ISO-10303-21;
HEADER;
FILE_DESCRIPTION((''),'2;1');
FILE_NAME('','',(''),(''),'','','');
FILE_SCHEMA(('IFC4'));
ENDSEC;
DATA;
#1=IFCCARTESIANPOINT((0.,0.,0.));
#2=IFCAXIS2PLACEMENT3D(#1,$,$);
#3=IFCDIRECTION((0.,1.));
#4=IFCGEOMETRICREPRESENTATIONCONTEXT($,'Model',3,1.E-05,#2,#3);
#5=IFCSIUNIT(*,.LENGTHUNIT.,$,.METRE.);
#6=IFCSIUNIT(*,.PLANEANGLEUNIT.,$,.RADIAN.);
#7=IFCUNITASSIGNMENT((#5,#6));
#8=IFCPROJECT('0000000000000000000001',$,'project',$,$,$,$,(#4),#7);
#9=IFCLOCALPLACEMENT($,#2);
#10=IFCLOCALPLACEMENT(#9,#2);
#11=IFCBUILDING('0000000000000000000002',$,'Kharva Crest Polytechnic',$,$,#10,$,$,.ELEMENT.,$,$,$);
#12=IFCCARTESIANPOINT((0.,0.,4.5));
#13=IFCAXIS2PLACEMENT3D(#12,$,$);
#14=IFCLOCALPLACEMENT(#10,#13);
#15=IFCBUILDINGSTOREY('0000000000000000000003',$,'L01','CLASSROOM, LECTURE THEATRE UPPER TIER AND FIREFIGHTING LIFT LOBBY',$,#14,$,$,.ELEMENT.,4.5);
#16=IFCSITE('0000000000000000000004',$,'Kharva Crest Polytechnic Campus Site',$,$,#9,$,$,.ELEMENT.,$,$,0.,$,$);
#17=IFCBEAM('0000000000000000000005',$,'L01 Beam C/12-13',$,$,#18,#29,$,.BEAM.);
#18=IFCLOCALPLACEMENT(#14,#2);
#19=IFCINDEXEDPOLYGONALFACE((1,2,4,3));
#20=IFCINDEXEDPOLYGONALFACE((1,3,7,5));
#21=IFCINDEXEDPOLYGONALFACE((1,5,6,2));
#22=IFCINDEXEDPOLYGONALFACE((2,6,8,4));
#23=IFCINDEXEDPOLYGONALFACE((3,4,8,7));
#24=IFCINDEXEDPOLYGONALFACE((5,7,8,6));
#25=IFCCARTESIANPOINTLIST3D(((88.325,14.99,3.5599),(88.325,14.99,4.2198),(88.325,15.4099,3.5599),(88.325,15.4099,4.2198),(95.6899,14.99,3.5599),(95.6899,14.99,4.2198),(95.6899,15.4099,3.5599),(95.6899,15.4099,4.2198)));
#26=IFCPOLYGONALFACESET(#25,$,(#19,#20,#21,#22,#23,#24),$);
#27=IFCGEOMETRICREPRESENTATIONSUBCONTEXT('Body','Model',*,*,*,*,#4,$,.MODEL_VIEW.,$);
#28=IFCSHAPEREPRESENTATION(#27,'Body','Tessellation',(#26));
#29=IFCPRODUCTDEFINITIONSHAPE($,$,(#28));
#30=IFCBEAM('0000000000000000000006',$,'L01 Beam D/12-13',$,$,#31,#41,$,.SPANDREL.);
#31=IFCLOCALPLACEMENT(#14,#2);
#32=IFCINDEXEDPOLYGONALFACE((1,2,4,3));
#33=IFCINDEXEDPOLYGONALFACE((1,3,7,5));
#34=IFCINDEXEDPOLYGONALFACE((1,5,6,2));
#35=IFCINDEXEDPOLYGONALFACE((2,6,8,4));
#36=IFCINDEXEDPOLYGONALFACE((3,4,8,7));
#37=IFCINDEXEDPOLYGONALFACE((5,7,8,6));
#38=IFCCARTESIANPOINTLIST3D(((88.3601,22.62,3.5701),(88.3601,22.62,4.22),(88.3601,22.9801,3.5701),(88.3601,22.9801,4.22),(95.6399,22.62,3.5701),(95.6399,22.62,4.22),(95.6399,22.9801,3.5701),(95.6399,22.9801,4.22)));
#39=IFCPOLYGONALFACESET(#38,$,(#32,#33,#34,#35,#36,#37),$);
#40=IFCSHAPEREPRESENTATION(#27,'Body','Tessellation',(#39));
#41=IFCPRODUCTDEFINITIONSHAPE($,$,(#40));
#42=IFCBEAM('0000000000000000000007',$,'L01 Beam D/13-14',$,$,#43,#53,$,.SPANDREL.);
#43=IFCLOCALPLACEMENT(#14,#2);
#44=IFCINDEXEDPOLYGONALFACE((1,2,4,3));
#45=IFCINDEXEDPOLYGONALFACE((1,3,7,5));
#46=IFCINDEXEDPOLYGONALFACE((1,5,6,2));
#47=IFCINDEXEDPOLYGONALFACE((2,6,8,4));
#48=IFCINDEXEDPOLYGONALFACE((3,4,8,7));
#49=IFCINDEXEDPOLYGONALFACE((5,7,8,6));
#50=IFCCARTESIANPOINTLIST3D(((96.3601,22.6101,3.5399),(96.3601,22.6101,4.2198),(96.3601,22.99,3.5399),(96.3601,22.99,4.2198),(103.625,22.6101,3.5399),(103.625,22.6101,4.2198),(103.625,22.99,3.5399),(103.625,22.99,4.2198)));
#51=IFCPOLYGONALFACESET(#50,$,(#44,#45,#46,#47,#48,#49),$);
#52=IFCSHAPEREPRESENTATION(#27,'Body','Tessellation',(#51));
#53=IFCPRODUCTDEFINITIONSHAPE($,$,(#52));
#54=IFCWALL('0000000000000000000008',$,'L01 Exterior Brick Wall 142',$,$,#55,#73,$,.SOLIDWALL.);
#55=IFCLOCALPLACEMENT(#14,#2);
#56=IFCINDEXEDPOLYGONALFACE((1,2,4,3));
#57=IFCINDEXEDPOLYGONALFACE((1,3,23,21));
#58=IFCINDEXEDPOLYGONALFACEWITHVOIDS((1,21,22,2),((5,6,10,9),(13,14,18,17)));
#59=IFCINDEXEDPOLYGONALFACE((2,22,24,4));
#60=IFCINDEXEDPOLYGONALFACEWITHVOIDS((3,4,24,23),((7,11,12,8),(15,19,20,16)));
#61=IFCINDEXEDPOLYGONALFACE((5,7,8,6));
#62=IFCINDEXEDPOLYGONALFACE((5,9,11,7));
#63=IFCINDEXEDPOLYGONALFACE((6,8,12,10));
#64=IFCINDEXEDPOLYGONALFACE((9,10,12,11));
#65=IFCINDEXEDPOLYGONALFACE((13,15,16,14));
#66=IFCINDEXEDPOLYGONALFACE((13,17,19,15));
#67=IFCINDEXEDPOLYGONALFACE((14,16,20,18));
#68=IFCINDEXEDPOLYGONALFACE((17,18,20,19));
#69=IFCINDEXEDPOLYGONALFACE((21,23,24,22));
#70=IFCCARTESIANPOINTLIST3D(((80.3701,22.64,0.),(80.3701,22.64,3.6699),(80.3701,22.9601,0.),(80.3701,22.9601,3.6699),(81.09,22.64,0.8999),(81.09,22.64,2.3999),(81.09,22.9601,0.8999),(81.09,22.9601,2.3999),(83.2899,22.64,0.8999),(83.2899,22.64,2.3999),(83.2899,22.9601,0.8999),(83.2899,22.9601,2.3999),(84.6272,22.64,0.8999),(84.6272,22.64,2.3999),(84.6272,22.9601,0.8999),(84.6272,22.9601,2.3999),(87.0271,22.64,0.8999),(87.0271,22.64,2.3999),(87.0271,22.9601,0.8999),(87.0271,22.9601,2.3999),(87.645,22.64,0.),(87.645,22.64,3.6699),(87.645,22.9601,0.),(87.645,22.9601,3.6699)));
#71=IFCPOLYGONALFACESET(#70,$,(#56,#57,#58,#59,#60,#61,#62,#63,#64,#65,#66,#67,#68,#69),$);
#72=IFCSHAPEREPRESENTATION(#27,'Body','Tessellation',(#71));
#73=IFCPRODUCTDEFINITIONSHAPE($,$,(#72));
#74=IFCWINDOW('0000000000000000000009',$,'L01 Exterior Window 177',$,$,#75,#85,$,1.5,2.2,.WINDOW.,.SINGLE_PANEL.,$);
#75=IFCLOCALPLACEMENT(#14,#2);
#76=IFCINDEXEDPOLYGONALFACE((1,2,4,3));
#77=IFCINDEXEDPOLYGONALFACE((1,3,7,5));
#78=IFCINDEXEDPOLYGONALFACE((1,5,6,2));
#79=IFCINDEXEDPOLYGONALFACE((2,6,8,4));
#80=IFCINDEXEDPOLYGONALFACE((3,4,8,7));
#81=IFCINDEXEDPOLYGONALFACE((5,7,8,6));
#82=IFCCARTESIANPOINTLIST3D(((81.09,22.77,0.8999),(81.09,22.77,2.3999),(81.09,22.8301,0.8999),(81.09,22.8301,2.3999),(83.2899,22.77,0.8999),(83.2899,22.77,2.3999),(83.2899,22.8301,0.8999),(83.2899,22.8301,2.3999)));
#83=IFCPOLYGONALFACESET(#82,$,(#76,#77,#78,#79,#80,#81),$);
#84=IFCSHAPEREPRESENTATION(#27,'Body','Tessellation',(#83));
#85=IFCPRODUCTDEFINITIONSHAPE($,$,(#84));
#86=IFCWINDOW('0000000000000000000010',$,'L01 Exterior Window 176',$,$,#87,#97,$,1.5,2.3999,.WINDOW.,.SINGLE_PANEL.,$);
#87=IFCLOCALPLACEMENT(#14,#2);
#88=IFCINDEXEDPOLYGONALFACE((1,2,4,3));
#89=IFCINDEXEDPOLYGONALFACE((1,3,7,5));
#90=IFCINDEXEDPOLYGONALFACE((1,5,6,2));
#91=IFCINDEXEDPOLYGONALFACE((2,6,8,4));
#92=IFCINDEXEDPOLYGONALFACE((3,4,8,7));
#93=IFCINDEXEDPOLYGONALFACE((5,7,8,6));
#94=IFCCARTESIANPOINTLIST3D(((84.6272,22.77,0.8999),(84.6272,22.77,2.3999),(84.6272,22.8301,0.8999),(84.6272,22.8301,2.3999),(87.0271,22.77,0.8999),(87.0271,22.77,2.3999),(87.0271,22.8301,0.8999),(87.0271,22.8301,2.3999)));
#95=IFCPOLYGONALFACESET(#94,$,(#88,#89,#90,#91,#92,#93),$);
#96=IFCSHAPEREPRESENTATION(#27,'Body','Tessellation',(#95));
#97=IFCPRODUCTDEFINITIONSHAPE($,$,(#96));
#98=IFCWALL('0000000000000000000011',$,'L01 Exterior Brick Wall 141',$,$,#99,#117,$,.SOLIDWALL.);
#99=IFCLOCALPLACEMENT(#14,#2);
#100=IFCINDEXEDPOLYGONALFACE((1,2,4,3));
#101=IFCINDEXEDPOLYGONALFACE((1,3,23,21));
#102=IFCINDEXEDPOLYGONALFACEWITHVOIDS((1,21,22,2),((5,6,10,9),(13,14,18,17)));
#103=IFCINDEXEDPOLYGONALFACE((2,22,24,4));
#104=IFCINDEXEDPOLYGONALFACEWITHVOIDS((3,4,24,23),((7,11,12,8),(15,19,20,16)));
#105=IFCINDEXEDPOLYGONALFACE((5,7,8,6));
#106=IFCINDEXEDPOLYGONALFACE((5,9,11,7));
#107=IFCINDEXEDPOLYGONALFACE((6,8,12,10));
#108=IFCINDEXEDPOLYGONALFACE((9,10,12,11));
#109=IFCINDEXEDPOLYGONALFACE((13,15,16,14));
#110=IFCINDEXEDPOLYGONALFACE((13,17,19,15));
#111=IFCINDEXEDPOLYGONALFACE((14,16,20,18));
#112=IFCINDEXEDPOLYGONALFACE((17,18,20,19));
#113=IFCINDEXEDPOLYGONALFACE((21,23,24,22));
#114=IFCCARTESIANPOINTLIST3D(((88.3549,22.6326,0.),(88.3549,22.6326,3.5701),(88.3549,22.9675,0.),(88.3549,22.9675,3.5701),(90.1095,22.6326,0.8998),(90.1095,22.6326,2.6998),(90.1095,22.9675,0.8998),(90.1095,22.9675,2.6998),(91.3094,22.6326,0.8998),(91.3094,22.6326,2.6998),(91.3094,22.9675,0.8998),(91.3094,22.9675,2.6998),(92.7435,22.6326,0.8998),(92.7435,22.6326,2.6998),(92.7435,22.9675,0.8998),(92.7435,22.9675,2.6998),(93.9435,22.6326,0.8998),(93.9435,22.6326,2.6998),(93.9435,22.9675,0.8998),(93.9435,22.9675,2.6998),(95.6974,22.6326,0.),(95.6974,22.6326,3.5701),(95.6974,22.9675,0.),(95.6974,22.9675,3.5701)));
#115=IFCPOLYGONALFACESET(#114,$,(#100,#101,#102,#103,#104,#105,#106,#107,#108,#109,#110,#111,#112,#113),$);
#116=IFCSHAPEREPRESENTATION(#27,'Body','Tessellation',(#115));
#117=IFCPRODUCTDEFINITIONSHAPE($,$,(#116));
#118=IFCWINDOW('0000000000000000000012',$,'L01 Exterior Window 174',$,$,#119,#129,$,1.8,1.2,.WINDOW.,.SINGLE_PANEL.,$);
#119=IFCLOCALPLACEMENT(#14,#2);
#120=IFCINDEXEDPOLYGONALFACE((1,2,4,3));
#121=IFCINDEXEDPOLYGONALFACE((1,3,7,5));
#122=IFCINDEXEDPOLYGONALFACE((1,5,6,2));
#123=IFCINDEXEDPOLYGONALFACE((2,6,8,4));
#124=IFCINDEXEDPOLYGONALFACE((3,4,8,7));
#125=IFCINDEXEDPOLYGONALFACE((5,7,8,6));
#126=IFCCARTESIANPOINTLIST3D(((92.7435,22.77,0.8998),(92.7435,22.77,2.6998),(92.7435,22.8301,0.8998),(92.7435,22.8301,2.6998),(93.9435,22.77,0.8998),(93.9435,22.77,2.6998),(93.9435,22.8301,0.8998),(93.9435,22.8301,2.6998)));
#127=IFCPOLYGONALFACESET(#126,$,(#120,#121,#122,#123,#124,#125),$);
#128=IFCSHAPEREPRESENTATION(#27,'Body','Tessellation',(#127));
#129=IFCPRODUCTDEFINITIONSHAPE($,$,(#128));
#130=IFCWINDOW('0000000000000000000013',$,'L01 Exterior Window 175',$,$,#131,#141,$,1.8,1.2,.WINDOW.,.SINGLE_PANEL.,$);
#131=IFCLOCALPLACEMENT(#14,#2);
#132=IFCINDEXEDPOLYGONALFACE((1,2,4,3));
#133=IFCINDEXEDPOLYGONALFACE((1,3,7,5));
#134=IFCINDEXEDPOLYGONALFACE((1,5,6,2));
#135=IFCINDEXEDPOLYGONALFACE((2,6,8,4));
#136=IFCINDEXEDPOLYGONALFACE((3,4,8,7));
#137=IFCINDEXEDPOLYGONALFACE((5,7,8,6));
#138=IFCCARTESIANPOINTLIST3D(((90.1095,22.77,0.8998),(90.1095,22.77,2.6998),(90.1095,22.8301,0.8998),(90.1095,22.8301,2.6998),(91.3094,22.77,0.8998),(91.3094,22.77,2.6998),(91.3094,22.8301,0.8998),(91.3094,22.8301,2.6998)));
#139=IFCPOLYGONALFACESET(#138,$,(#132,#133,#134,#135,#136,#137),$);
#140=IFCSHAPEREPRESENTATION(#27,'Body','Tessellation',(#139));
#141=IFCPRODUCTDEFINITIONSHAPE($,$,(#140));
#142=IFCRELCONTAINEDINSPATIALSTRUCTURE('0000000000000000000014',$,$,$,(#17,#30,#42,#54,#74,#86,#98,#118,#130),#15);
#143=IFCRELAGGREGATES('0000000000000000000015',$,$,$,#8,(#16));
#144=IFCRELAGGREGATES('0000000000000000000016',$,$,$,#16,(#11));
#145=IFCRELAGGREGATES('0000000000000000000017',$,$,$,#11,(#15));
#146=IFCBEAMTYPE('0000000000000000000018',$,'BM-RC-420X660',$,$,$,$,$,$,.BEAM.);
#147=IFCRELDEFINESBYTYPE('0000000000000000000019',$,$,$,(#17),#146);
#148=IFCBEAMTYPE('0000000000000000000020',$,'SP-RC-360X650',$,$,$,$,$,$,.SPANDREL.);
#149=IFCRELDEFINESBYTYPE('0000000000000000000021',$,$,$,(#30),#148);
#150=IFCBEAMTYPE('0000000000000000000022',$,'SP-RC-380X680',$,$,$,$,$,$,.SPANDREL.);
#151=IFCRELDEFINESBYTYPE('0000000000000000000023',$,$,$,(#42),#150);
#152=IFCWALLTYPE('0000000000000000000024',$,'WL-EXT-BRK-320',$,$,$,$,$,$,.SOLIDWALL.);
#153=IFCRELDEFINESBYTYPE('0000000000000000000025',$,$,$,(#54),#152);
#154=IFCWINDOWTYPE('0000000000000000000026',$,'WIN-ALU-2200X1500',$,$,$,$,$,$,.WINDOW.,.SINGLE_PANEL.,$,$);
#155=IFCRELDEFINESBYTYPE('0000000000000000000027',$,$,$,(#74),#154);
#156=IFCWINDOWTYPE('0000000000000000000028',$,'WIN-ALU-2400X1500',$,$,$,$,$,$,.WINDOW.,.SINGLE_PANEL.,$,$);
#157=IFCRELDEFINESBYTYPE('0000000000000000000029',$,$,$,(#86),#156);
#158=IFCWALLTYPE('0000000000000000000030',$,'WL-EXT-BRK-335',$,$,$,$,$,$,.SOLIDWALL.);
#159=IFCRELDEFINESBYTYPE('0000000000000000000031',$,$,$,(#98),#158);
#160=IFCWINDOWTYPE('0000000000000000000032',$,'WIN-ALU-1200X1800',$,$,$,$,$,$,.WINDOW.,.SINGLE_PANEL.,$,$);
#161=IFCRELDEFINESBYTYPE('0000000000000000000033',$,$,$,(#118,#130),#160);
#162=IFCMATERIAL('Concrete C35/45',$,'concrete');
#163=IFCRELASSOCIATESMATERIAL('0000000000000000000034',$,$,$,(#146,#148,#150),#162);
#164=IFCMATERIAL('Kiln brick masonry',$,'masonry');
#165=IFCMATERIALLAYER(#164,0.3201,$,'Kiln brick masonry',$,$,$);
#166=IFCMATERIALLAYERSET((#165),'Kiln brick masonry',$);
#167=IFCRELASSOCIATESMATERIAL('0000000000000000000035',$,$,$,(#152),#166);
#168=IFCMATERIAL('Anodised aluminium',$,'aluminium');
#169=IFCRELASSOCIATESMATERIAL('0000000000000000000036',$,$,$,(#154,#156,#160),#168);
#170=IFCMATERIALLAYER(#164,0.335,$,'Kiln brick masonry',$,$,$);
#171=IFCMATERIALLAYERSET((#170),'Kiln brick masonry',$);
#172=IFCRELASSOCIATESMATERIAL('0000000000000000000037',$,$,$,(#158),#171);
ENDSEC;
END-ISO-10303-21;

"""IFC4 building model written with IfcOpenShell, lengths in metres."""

from ifc_helpers import new_model, si_unit, direction, frame, frame_2d, origin, origin_2d, place, context, subcontext, project, spatial, rectangle, extrude, material, layer, layer_set, material_profile, profile_set, type_object, element, fill, save


model = new_model("IFC4")

# Units and contexts
model_context = context("Model", 3, precision=1e-05, world=origin(), true_north=direction((0.0, 1.0)))
body_context = subcontext(model_context, "Body", "Model", "MODEL_VIEW")
ifc_project = project(units=[si_unit("LENGTHUNIT", "METRE"), si_unit("PLANEANGLEUNIT", "RADIAN")], contexts=[model_context])

# Site, building, storey
site_placement = place(None, origin())
site = spatial("IfcSite", under=ifc_project, at=site_placement, Name="Kharva Crest Polytechnic Campus Site", CompositionType="ELEMENT", RefElevation=0.0)
building_placement = place(site_placement, origin())
building = spatial("IfcBuilding", under=site, at=building_placement, Name="Kharva Crest Polytechnic", CompositionType="ELEMENT")
storey_placement = place(building_placement, frame((0.0, 0.0, 4.5)))
storey = spatial("IfcBuildingStorey", under=building, at=storey_placement, Name="L01", Description="CLASSROOM, LECTURE THEATRE UPPER TIER AND FIREFIGHTING LIFT LOBBY", CompositionType="ELEMENT", Elevation=4.5)

# Beams
ifc_material_1 = material(Name="Concrete C35/45", Category="concrete")
ifc_material_profile_1 = material_profile(ifc_material_1, rectangle(XDim=0.4199, YDim=0.6599, at=origin_2d()), Name="RECT 420 X 660")
ifc_profile_set_1 = profile_set([ifc_material_profile_1], Name="Concrete C35/45")
beam_type_1 = type_object("IfcBeamType", Name="BM-RC-420X660", PredefinedType="BEAM", material=ifc_profile_set_1)
beam_1_placement = place(storey_placement, frame((88.325, 15.2, 3.8899), z_axis=(1.0, 0.0, 0.0), x_axis=(0.0, 1.0, 0.0)))
element("IfcBeam", 1, at=beam_1_placement, inside=storey, type_object=beam_type_1, Name="L01 Beam C/12-13", PredefinedType="BEAM", context=body_context, shape_type="SweptSolid", body=[
    extrude(rectangle(XDim=0.4199, YDim=0.6599, at=origin_2d()), origin(), (0.0, 0.0, 1.0), 7.365),
])
ifc_material_profile_2 = material_profile(ifc_material_1, rectangle(XDim=0.3601, YDim=0.6499, at=origin_2d()), Name="RECT 360 X 650")
ifc_profile_set_2 = profile_set([ifc_material_profile_2], Name="Concrete C35/45")
beam_type_2 = type_object("IfcBeamType", Name="SP-RC-360X650", PredefinedType="SPANDREL", material=ifc_profile_set_2)
beam_2_placement = place(storey_placement, frame((88.3601, 22.8, 3.895), z_axis=(1.0, 0.0, 0.0), x_axis=(0.0, 1.0, 0.0)))
element("IfcBeam", 2, at=beam_2_placement, inside=storey, type_object=beam_type_2, Name="L01 Beam D/12-13", PredefinedType="SPANDREL", context=body_context, shape_type="SweptSolid", body=[
    extrude(rectangle(XDim=0.3601, YDim=0.6499, at=origin_2d()), origin(), (0.0, 0.0, 1.0), 7.2798),
])
ifc_material_profile_3 = material_profile(ifc_material_1, rectangle(XDim=0.3799, YDim=0.6799, at=origin_2d()), Name="RECT 380 X 680")
ifc_profile_set_3 = profile_set([ifc_material_profile_3], Name="Concrete C35/45")
beam_type_3 = type_object("IfcBeamType", Name="SP-RC-380X680", PredefinedType="SPANDREL", material=ifc_profile_set_3)
beam_3_placement = place(storey_placement, frame((96.3601, 22.8, 3.8799), z_axis=(1.0, 0.0, 0.0), x_axis=(0.0, 1.0, 0.0)))
element("IfcBeam", 3, at=beam_3_placement, inside=storey, type_object=beam_type_3, Name="L01 Beam D/13-14", PredefinedType="SPANDREL", context=body_context, shape_type="SweptSolid", body=[
    extrude(rectangle(XDim=0.3799, YDim=0.6799, at=origin_2d()), origin(), (0.0, 0.0, 1.0), 7.2649),
])

# Walls, openings, windows
ifc_material_2 = material(Name="Kiln brick masonry", Category="masonry")
ifc_layer_1 = layer(ifc_material_2, 0.3201, Name="Kiln brick masonry")
ifc_layer_set_1 = layer_set([ifc_layer_1], Name="Kiln brick masonry")
wall_type_1 = type_object("IfcWallType", Name="WL-EXT-BRK-320", PredefinedType="SOLIDWALL", material=ifc_layer_set_1)
wall_1_placement = place(storey_placement, frame((87.645, 22.8, 0.0), z_axis=(0.0, 0.0, 1.0), x_axis=(-1.0, 0.0, 0.0)))
wall_1 = element("IfcWall", 4, at=wall_1_placement, inside=storey, type_object=wall_type_1, Name="L01 Exterior Brick Wall 142", PredefinedType="SOLIDWALL", context=body_context, shape_type="SweptSolid", body=[
    extrude(rectangle(XDim=7.2749, YDim=0.3201, at=frame_2d((3.6375, 0.0))), origin(), (0.0, 0.0, 1.0), 3.6699),
])
opening_1_placement = place(wall_1_placement, frame((0.6179, 0.0, 0.8999)))
opening_1 = element("IfcOpeningElement", 5, at=opening_1_placement, cuts=wall_1, PredefinedType="OPENING", context=body_context, shape_type="SweptSolid", body=[
    extrude(rectangle(XDim=2.3999, YDim=1.5, at=frame_2d((1.2, 0.75))), frame((0.0, 0.1699, 0.0), z_axis=(0.0, -1.0, 0.0), x_axis=(1.0, 0.0, 0.0)), (0.0, 0.0, 1.0), 0.3401),
])
opening_2_placement = place(wall_1_placement, frame((4.355, 0.0, 0.8999)))
opening_2 = element("IfcOpeningElement", 6, at=opening_2_placement, cuts=wall_1, PredefinedType="OPENING", context=body_context, shape_type="SweptSolid", body=[
    extrude(rectangle(XDim=2.2, YDim=1.5, at=frame_2d((1.1001, 0.75))), frame((0.0, 0.1699, 0.0), z_axis=(0.0, -1.0, 0.0), x_axis=(1.0, 0.0, 0.0)), (0.0, 0.0, 1.0), 0.3401),
])
ifc_material_3 = material(Name="Anodised aluminium", Category="aluminium")
window_type_1 = type_object("IfcWindowType", Name="WIN-ALU-2200X1500", PartitioningType="SINGLE_PANEL", PredefinedType="WINDOW", material=ifc_material_3)
window_1_placement = place(opening_2_placement, origin())
window_1 = element("IfcWindow", 7, at=window_1_placement, inside=storey, type_object=window_type_1, Name="L01 Exterior Window 177", OverallHeight=1.5, OverallWidth=2.2, PartitioningType="SINGLE_PANEL", PredefinedType="WINDOW", context=body_context, shape_type="SweptSolid", body=[
    extrude(rectangle(XDim=2.2, YDim=1.5, at=frame_2d((1.1001, 0.75))), frame((0.0, 0.03, 0.0), z_axis=(0.0, -1.0, 0.0), x_axis=(1.0, 0.0, 0.0)), (0.0, 0.0, 1.0), 0.0601),
])
fill(opening_2, window_1)
window_type_2 = type_object("IfcWindowType", Name="WIN-ALU-2400X1500", PartitioningType="SINGLE_PANEL", PredefinedType="WINDOW", material=ifc_material_3)
window_2_placement = place(opening_1_placement, origin())
window_2 = element("IfcWindow", 8, at=window_2_placement, inside=storey, type_object=window_type_2, Name="L01 Exterior Window 176", OverallHeight=1.5, OverallWidth=2.3999, PartitioningType="SINGLE_PANEL", PredefinedType="WINDOW", context=body_context, shape_type="SweptSolid", body=[
    extrude(rectangle(XDim=2.3999, YDim=1.5, at=frame_2d((1.2, 0.75))), frame((0.0, 0.03, 0.0), z_axis=(0.0, -1.0, 0.0), x_axis=(1.0, 0.0, 0.0)), (0.0, 0.0, 1.0), 0.0601),
])
fill(opening_1, window_2)
ifc_layer_2 = layer(ifc_material_2, 0.335, Name="Kiln brick masonry")
ifc_layer_set_2 = layer_set([ifc_layer_2], Name="Kiln brick masonry")
wall_type_2 = type_object("IfcWallType", Name="WL-EXT-BRK-335", PredefinedType="SOLIDWALL", material=ifc_layer_set_2)
wall_2_placement = place(storey_placement, frame((95.6975, 22.8, 0.0), z_axis=(0.0, 0.0, 1.0), x_axis=(-1.0, 0.0, 0.0)))
wall_2 = element("IfcWall", 9, at=wall_2_placement, inside=storey, type_object=wall_type_2, Name="L01 Exterior Brick Wall 141", PredefinedType="SOLIDWALL", context=body_context, shape_type="SweptSolid", body=[
    extrude(rectangle(XDim=7.3425, YDim=0.335, at=frame_2d((3.6714, 0.0))), origin(), (0.0, 0.0, 1.0), 3.5701),
])
opening_3_placement = place(wall_2_placement, frame((1.7539, 0.0, 0.8999)))
opening_3 = element("IfcOpeningElement", 10, at=opening_3_placement, cuts=wall_2, PredefinedType="OPENING", context=body_context, shape_type="SweptSolid", body=[
    extrude(rectangle(XDim=1.2, YDim=1.8, at=frame_2d((0.6001, 0.8999))), frame((0.0, 0.1775, 0.0), z_axis=(0.0, -1.0, 0.0), x_axis=(1.0, 0.0, 0.0)), (0.0, 0.0, 1.0), 0.355),
])
opening_4_placement = place(wall_2_placement, frame((4.3879, 0.0, 0.8999)))
opening_4 = element("IfcOpeningElement", 11, at=opening_4_placement, cuts=wall_2, PredefinedType="OPENING", context=body_context, shape_type="SweptSolid", body=[
    extrude(rectangle(XDim=1.2, YDim=1.8, at=frame_2d((0.6001, 0.8999))), frame((0.0, 0.1775, 0.0), z_axis=(0.0, -1.0, 0.0), x_axis=(1.0, 0.0, 0.0)), (0.0, 0.0, 1.0), 0.355),
])
window_type_3 = type_object("IfcWindowType", Name="WIN-ALU-1200X1800", PartitioningType="SINGLE_PANEL", PredefinedType="WINDOW", material=ifc_material_3)
window_3_placement = place(opening_3_placement, origin())
window_3 = element("IfcWindow", 12, at=window_3_placement, inside=storey, type_object=window_type_3, Name="L01 Exterior Window 174", OverallHeight=1.8, OverallWidth=1.2, PartitioningType="SINGLE_PANEL", PredefinedType="WINDOW", context=body_context, shape_type="SweptSolid", body=[
    extrude(rectangle(XDim=1.2, YDim=1.8, at=frame_2d((0.6001, 0.8999))), frame((0.0, 0.03, 0.0), z_axis=(0.0, -1.0, 0.0), x_axis=(1.0, 0.0, 0.0)), (0.0, 0.0, 1.0), 0.0601),
])
fill(opening_3, window_3)
window_4_placement = place(opening_4_placement, origin())
window_4 = element("IfcWindow", 13, at=window_4_placement, inside=storey, type_object=window_type_3, Name="L01 Exterior Window 175", OverallHeight=1.8, OverallWidth=1.2, PartitioningType="SINGLE_PANEL", PredefinedType="WINDOW", context=body_context, shape_type="SweptSolid", body=[
    extrude(rectangle(XDim=1.2, YDim=1.8, at=frame_2d((0.6001, 0.8999))), frame((0.0, 0.03, 0.0), z_axis=(0.0, -1.0, 0.0), x_axis=(1.0, 0.0, 0.0)), (0.0, 0.0, 1.0), 0.0601),
])
fill(opening_4, window_4)

save(model, "model.ifc")
